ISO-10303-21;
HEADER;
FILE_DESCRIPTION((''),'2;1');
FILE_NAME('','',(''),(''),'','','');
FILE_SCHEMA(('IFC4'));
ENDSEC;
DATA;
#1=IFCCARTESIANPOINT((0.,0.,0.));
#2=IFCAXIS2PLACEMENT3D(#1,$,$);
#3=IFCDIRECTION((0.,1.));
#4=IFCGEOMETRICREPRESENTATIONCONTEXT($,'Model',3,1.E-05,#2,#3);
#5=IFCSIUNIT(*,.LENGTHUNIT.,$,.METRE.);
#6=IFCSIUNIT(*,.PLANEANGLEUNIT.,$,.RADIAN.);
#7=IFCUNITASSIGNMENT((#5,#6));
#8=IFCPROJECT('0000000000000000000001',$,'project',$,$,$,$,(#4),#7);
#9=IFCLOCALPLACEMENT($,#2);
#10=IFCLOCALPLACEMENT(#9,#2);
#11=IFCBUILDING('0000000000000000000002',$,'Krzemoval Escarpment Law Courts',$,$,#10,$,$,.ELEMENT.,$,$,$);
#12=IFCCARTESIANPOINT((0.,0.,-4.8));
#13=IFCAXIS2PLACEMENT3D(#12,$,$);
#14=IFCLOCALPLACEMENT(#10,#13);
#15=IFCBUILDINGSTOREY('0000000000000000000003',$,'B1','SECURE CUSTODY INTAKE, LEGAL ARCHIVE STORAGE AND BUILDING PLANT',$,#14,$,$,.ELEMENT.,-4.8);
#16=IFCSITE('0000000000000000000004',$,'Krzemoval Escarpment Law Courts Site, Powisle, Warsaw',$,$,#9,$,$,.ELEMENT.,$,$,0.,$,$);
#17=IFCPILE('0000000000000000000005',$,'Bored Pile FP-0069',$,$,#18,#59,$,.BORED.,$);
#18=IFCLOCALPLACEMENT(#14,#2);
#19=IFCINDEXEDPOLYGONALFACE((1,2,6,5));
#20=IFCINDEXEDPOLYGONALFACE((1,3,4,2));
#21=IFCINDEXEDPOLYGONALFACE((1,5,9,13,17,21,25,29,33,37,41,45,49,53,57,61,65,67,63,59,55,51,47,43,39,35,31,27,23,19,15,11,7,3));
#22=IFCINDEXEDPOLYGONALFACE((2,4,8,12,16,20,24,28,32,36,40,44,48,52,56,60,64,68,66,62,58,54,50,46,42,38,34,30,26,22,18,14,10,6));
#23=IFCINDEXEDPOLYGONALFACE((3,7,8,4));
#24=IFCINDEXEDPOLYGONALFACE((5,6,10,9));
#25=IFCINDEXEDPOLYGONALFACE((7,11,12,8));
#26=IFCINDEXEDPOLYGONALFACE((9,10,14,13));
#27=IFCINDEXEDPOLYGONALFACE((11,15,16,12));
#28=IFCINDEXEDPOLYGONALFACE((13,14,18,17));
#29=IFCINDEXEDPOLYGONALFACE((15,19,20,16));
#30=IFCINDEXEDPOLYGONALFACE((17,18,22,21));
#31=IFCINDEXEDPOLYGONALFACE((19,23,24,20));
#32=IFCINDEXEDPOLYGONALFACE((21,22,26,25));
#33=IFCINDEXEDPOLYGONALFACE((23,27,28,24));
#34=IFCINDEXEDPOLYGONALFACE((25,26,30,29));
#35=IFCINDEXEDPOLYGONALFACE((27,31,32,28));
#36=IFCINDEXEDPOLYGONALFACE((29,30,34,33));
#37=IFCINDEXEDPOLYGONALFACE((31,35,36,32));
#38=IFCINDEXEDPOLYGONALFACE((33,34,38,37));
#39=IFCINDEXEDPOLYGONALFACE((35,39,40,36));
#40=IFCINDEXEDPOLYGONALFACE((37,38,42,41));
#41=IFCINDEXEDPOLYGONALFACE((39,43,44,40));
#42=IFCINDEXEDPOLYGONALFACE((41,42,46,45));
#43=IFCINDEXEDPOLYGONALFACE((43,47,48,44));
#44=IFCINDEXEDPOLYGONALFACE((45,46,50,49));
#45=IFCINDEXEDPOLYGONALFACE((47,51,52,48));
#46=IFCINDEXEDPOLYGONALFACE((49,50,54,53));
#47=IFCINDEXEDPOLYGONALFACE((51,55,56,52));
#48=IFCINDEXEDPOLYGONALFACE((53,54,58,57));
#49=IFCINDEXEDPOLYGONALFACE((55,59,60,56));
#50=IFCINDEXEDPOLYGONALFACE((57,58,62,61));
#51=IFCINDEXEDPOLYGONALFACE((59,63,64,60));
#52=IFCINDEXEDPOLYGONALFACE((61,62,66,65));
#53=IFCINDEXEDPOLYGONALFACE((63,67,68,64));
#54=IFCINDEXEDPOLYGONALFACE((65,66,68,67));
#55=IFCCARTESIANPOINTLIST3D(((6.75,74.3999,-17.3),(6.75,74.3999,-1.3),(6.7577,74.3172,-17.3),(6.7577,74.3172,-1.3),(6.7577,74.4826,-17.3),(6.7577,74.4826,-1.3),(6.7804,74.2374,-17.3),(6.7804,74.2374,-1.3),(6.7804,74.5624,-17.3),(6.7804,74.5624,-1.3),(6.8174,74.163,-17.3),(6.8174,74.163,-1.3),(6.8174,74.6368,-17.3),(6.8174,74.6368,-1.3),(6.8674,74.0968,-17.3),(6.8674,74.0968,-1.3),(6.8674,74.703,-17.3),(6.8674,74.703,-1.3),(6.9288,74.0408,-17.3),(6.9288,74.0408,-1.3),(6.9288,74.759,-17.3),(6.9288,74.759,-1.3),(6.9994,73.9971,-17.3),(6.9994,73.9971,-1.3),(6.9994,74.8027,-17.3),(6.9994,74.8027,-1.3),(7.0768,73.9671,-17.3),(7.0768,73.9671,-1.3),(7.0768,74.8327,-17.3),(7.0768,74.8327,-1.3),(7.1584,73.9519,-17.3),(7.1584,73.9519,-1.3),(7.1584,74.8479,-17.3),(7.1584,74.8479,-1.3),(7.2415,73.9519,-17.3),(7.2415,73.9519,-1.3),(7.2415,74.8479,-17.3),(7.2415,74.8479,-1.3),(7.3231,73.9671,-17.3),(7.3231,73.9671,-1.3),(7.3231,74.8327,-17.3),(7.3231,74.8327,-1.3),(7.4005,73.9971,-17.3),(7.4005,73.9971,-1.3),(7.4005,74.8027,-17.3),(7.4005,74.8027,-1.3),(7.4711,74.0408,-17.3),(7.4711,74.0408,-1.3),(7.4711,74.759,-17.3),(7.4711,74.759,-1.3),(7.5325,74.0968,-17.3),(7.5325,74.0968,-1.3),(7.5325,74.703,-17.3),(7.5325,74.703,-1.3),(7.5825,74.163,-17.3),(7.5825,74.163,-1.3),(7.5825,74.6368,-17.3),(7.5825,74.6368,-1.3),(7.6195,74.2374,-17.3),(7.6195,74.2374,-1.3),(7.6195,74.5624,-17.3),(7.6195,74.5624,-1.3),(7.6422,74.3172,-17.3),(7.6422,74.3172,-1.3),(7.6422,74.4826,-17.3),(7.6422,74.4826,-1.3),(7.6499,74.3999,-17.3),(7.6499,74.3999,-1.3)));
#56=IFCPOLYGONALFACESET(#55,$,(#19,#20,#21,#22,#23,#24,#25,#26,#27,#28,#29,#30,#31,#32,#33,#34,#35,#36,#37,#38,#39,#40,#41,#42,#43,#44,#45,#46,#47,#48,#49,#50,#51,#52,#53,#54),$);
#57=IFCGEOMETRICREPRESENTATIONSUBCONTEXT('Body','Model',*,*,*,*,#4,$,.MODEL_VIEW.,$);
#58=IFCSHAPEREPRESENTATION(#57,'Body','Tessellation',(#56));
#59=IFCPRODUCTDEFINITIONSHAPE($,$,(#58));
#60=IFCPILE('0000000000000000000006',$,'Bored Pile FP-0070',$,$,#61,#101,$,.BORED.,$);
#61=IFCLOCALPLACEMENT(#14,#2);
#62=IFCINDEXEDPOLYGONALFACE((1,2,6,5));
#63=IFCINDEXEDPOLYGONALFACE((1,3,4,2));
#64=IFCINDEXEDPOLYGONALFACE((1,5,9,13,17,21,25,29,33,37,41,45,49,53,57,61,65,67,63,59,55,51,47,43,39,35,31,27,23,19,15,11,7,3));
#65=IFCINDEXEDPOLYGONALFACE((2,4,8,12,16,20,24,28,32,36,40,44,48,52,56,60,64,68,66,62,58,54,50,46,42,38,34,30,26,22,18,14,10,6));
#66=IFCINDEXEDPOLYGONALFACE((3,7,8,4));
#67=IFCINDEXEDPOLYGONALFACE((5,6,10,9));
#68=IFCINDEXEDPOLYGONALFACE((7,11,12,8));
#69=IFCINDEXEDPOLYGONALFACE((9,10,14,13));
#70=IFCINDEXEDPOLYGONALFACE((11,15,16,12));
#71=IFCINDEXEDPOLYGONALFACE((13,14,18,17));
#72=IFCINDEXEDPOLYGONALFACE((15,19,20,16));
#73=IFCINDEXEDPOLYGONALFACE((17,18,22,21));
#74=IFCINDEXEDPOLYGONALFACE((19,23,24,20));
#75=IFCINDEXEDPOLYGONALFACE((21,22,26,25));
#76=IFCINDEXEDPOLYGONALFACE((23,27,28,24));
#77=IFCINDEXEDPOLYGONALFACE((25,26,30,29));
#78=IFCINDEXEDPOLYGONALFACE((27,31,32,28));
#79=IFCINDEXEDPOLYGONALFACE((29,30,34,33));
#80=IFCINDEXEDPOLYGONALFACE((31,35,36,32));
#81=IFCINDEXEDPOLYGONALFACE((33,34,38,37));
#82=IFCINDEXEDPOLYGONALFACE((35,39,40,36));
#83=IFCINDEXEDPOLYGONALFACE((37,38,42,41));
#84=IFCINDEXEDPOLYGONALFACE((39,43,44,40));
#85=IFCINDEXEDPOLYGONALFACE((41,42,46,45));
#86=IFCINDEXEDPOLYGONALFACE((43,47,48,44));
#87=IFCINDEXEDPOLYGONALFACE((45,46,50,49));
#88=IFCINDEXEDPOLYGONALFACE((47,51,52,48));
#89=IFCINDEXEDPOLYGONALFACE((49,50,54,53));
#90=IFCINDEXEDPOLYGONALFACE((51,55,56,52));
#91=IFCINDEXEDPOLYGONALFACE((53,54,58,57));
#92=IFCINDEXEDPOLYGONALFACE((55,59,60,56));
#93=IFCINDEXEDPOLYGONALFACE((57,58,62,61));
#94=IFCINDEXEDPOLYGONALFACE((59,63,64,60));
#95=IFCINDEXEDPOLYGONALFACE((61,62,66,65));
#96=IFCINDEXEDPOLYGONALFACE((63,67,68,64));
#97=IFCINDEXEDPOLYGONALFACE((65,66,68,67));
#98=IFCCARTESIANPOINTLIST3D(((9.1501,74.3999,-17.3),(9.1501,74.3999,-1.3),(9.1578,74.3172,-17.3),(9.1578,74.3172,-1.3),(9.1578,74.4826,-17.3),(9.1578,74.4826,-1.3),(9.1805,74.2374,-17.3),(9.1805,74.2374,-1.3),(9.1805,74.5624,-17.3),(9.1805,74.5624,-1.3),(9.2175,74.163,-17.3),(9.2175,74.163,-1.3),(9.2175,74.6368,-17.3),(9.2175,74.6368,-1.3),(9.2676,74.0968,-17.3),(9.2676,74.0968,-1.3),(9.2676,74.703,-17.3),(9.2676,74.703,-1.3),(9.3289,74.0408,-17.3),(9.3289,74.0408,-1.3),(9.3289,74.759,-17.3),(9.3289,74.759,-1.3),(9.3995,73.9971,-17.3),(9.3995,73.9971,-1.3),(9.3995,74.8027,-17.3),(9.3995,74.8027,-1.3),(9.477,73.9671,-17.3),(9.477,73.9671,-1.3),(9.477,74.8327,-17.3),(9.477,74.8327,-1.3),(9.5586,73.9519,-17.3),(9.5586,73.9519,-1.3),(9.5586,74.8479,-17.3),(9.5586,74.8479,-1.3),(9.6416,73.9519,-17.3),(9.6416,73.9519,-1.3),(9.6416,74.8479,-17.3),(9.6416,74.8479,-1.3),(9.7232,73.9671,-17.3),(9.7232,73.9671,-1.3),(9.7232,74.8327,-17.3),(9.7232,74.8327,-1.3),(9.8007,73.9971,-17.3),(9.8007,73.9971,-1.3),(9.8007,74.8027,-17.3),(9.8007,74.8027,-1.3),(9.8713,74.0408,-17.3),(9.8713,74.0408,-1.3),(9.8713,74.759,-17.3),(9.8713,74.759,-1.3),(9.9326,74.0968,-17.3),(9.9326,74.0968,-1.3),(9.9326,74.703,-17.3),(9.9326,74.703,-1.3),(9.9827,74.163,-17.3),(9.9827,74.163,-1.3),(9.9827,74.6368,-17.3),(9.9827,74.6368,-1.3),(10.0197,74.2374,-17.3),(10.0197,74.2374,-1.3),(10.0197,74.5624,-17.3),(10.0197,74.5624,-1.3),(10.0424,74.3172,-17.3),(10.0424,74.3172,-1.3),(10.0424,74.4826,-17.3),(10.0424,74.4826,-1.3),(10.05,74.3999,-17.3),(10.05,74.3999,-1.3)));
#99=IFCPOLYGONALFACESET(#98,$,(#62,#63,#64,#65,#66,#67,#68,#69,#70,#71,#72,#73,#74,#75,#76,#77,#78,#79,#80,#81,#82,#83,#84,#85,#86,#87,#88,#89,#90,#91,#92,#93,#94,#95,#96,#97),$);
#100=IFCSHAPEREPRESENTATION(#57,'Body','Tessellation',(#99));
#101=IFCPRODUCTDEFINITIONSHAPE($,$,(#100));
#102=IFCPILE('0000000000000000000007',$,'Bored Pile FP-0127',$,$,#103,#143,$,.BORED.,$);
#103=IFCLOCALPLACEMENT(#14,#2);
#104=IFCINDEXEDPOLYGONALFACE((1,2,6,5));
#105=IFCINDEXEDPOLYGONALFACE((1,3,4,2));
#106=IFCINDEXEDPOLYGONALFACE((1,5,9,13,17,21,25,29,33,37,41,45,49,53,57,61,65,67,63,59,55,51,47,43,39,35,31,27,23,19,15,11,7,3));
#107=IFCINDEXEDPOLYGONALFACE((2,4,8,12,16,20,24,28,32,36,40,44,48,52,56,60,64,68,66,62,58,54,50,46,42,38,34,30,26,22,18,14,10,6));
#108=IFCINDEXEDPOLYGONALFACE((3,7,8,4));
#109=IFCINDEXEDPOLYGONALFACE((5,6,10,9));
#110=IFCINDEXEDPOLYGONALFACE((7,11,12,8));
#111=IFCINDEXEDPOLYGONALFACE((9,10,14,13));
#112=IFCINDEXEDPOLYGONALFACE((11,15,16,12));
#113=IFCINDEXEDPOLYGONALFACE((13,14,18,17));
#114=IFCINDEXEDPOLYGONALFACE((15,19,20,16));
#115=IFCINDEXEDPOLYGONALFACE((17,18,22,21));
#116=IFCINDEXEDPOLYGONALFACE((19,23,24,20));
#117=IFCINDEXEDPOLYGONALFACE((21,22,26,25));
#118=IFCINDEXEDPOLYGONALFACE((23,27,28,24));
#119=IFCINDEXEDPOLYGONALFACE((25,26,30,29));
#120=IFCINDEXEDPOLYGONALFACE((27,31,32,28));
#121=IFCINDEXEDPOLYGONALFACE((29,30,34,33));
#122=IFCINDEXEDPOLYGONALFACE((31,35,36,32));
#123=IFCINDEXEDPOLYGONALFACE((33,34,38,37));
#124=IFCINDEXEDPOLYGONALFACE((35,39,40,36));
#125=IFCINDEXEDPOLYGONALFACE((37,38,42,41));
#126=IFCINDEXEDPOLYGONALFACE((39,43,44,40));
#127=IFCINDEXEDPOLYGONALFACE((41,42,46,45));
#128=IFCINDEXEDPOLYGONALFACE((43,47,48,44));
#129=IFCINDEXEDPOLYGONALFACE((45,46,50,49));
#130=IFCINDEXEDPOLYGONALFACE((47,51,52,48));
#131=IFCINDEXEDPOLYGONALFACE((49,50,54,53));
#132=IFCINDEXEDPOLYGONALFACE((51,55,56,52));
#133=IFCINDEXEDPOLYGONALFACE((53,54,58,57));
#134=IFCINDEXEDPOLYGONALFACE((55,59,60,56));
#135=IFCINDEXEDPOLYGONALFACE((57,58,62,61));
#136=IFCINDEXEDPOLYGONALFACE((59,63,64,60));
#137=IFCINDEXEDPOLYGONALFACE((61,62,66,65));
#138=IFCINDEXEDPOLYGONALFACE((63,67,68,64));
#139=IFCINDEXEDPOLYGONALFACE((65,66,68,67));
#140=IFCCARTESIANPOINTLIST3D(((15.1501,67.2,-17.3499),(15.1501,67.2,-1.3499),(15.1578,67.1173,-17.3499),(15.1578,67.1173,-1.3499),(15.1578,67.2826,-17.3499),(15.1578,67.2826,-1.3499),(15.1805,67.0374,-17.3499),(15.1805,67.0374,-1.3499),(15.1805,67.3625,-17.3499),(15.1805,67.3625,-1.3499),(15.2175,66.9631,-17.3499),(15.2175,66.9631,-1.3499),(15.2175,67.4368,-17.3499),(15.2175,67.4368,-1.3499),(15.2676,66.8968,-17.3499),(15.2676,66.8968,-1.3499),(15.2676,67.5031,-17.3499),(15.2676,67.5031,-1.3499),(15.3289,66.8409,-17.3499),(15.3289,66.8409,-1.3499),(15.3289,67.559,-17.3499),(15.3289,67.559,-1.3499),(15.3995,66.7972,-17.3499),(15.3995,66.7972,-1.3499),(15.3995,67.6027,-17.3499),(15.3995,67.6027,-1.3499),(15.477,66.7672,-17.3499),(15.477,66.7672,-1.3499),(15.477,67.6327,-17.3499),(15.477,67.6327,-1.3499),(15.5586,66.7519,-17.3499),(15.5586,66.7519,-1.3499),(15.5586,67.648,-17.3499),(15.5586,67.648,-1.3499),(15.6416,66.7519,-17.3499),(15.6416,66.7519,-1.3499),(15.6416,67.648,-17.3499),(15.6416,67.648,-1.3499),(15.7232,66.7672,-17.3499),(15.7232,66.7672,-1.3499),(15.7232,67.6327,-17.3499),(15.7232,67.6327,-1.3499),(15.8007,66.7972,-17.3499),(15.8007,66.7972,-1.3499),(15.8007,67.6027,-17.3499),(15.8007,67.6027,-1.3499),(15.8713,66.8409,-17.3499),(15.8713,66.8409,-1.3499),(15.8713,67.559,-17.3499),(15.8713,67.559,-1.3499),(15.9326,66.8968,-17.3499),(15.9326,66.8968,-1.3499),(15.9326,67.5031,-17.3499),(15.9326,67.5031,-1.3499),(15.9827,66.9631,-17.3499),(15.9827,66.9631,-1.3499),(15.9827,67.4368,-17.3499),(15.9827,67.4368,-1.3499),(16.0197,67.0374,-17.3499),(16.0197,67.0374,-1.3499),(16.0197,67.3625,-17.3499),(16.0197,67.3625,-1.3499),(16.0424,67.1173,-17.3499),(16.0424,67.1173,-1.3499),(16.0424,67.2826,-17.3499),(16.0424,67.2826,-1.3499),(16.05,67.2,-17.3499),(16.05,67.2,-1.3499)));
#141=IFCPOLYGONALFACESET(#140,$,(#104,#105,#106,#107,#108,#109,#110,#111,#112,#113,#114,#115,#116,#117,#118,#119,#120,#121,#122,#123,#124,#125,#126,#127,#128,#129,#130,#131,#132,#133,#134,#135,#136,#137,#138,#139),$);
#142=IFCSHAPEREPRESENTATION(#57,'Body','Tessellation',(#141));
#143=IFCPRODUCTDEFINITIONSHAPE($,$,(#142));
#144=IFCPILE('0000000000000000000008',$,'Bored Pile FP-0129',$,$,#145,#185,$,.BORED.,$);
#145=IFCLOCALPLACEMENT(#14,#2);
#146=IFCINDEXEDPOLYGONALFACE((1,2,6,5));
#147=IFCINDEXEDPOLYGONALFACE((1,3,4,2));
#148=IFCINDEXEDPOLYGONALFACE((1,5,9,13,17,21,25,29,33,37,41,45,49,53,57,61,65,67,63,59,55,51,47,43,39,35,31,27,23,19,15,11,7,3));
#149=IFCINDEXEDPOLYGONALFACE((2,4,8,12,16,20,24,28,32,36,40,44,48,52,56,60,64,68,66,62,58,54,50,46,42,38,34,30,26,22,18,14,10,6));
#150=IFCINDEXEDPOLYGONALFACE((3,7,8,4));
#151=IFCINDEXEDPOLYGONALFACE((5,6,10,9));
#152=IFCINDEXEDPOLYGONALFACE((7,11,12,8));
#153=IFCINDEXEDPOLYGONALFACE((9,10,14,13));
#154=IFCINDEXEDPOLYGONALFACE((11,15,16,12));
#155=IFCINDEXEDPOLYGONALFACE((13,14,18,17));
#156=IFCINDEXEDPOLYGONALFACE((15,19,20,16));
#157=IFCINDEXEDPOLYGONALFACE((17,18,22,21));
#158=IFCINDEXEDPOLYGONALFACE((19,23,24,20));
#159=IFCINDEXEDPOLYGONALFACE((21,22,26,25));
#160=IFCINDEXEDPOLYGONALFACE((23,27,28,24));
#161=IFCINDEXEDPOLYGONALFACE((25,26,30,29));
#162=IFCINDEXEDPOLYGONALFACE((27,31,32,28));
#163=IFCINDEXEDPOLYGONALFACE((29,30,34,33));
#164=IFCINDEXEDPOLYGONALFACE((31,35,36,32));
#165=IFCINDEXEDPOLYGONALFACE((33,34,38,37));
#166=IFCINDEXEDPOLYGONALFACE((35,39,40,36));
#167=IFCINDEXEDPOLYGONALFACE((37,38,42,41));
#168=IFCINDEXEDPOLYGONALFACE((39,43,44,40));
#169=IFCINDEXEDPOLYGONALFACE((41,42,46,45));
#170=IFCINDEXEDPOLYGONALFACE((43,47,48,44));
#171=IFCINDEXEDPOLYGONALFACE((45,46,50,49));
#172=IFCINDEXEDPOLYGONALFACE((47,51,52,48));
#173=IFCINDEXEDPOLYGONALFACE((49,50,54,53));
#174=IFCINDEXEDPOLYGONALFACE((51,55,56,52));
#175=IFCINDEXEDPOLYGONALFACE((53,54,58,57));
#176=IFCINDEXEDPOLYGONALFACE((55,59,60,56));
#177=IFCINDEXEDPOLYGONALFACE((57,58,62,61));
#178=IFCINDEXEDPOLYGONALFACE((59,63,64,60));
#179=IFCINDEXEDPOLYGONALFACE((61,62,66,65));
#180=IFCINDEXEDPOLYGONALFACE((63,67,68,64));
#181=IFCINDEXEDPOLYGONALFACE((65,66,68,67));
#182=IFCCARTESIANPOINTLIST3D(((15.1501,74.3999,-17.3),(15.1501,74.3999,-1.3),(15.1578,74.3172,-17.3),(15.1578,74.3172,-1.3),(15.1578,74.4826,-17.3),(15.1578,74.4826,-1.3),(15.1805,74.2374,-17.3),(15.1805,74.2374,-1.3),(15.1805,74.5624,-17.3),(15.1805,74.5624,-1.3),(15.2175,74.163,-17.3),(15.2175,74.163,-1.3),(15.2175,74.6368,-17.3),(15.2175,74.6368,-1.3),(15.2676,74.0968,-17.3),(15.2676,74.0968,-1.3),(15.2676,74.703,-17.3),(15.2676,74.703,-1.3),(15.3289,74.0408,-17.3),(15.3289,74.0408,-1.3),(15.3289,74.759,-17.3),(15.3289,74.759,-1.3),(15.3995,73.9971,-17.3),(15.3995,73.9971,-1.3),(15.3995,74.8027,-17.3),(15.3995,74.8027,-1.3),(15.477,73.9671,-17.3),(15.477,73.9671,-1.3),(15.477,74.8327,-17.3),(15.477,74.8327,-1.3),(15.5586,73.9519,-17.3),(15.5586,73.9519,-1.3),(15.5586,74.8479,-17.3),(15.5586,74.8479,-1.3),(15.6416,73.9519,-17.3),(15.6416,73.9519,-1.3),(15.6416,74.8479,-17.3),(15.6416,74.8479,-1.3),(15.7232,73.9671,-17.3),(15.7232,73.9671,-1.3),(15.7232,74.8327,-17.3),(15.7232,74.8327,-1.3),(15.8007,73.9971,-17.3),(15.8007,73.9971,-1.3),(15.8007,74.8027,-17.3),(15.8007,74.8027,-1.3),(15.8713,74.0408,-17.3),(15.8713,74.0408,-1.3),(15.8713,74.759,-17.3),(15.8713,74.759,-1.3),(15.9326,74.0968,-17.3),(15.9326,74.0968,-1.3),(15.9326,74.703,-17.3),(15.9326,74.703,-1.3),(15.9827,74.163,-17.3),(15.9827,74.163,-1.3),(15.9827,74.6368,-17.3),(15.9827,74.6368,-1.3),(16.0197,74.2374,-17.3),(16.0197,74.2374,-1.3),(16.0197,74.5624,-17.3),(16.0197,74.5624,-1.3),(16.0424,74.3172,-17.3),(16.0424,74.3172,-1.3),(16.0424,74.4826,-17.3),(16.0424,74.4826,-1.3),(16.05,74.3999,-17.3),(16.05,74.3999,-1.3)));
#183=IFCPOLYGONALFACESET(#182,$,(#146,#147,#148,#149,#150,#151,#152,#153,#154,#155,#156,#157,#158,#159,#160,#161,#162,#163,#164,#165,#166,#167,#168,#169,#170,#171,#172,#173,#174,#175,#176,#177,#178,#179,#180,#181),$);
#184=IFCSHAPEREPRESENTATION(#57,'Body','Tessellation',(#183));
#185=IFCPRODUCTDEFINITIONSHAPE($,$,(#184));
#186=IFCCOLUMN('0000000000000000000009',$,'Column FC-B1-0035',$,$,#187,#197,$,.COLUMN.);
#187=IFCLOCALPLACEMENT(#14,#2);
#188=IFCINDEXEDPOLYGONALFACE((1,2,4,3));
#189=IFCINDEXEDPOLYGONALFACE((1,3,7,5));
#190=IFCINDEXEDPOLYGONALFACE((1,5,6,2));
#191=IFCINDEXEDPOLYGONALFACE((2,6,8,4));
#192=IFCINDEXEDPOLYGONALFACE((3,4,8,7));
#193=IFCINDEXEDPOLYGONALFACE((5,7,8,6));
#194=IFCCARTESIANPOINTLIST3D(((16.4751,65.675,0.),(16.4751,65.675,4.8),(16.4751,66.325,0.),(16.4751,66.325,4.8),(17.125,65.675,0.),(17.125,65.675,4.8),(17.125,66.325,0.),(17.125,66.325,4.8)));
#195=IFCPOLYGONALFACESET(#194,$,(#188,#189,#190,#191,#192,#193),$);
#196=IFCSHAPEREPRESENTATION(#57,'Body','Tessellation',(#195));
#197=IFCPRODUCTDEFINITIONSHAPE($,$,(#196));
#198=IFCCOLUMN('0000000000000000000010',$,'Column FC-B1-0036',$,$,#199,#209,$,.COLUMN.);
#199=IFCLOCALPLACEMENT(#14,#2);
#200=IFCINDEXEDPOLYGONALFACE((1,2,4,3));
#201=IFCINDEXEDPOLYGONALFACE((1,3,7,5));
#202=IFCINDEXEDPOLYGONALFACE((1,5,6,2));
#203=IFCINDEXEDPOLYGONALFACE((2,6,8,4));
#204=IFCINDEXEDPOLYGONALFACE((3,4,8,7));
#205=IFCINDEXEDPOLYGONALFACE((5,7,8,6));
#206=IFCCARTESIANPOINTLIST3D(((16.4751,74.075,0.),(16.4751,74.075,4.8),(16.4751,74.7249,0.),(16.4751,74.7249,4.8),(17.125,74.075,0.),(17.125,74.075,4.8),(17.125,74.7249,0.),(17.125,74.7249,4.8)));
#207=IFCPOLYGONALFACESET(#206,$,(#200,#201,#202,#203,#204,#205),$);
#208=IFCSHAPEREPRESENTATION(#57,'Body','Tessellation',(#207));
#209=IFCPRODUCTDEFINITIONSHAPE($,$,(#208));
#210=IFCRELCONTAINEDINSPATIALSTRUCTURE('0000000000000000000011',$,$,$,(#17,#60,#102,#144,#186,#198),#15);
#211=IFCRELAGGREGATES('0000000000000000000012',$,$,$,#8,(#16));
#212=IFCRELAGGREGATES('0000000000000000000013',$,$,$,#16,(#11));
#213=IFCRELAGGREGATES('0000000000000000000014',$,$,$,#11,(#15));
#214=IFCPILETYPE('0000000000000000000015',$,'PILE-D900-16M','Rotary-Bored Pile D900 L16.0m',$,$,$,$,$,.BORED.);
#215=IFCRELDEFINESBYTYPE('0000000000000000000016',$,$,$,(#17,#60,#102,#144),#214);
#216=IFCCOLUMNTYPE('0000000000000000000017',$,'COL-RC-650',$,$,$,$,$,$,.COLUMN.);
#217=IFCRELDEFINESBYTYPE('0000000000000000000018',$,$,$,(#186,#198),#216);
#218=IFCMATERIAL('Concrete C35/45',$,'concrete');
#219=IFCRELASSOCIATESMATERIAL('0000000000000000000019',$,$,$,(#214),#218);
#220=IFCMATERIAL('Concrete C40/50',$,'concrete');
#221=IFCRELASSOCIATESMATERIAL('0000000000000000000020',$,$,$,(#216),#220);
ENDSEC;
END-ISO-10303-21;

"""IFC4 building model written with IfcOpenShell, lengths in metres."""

from ifc_helpers import new_model, si_unit, direction, frame, origin, origin_2d, place, context, subcontext, project, spatial, rectangle, circle, extrude, material, material_profile, profile_set, type_object, element, save


model = new_model("IFC4")

# Units and contexts
model_context = context("Model", 3, precision=1e-05, world=origin(), true_north=direction((0.0, 1.0)))
body_context = subcontext(model_context, "Body", "Model", "MODEL_VIEW")
ifc_project = project(units=[si_unit("LENGTHUNIT", "METRE"), si_unit("PLANEANGLEUNIT", "RADIAN")], contexts=[model_context])

# Site, building, storey
site_placement = place(None, origin())
site = spatial("IfcSite", under=ifc_project, at=site_placement, Name="Krzemoval Escarpment Law Courts Site, Powisle, Warsaw", CompositionType="ELEMENT", RefElevation=0.0)
building_placement = place(site_placement, origin())
building = spatial("IfcBuilding", under=site, at=building_placement, Name="Krzemoval Escarpment Law Courts", CompositionType="ELEMENT")
storey_placement = place(building_placement, frame((0.0, 0.0, -4.8)))
storey = spatial("IfcBuildingStorey", under=building, at=storey_placement, Name="B1", Description="SECURE CUSTODY INTAKE, LEGAL ARCHIVE STORAGE AND BUILDING PLANT", CompositionType="ELEMENT", Elevation=-4.8)

# Piles
ifc_material_1 = material(Name="Concrete C35/45", Category="concrete")
ifc_material_profile_1 = material_profile(ifc_material_1, circle(Radius=0.45, at=origin_2d()), Name="PILE D900")
ifc_profile_set_1 = profile_set([ifc_material_profile_1], Name="Concrete C35/45")
pile_type = type_object("IfcPileType", Name="PILE-D900-16M", Description="Rotary-Bored Pile D900 L16.0m", PredefinedType="BORED", material=ifc_profile_set_1)
for number, where, z_axis, x_axis, name in (
    (1, (7.2, 74.3999, -1.3), (0.0, 0.0, -1.0), (1.0, 0.0, 0.0), "Bored Pile FP-0069"),
    (2, (9.6001, 74.3999, -1.3), (0.0, 0.0, -1.0), (1.0, 0.0, 0.0), "Bored Pile FP-0070"),
    (3, (15.6001, 67.2, -1.3499), (0.0, 0.0, -1.0), (1.0, 0.0, 0.0), "Bored Pile FP-0127"),
    (4, (15.6001, 74.3999, -1.3), (0.0, 0.0, -1.0), (1.0, 0.0, 0.0), "Bored Pile FP-0129"),
):
    element("IfcPile", number, at=place(storey_placement, frame(where, z_axis=z_axis, x_axis=x_axis)), inside=storey, type_object=pile_type, Name=name, PredefinedType="BORED", context=body_context, shape_type="SweptSolid", body=[
        extrude(circle(Radius=0.45, at=origin_2d()), origin(), (0.0, 0.0, 1.0), 16.0),
    ])

# Columns
ifc_material_2 = material(Name="Concrete C40/50", Category="concrete")
ifc_material_profile_2 = material_profile(ifc_material_2, rectangle(XDim=0.6499, YDim=0.6499, at=origin_2d()), Name="RC 650x650")
ifc_profile_set_2 = profile_set([ifc_material_profile_2], Name="Concrete C40/50")
column_type_1 = type_object("IfcColumnType", Name="COL-RC-650", PredefinedType="COLUMN", material=ifc_profile_set_2)
for number, where, z_axis, x_axis, name in (
    (5, (16.8, 66.0, 0.0), (0.0, 0.0, 1.0), (1.0, 0.0, 0.0), "Column FC-B1-0035"),
    (6, (16.8, 74.3999, 0.0), (0.0, 0.0, 1.0), (1.0, 0.0, 0.0), "Column FC-B1-0036"),
):
    element("IfcColumn", number, at=place(storey_placement, frame(where, z_axis=z_axis, x_axis=x_axis)), inside=storey, type_object=column_type_1, Name=name, PredefinedType="COLUMN", context=body_context, shape_type="SweptSolid", body=[
        extrude(rectangle(XDim=0.6499, YDim=0.6499, at=origin_2d()), origin(), (0.0, 0.0, 1.0), 4.8),
    ])

save(model, "model.ifc")
